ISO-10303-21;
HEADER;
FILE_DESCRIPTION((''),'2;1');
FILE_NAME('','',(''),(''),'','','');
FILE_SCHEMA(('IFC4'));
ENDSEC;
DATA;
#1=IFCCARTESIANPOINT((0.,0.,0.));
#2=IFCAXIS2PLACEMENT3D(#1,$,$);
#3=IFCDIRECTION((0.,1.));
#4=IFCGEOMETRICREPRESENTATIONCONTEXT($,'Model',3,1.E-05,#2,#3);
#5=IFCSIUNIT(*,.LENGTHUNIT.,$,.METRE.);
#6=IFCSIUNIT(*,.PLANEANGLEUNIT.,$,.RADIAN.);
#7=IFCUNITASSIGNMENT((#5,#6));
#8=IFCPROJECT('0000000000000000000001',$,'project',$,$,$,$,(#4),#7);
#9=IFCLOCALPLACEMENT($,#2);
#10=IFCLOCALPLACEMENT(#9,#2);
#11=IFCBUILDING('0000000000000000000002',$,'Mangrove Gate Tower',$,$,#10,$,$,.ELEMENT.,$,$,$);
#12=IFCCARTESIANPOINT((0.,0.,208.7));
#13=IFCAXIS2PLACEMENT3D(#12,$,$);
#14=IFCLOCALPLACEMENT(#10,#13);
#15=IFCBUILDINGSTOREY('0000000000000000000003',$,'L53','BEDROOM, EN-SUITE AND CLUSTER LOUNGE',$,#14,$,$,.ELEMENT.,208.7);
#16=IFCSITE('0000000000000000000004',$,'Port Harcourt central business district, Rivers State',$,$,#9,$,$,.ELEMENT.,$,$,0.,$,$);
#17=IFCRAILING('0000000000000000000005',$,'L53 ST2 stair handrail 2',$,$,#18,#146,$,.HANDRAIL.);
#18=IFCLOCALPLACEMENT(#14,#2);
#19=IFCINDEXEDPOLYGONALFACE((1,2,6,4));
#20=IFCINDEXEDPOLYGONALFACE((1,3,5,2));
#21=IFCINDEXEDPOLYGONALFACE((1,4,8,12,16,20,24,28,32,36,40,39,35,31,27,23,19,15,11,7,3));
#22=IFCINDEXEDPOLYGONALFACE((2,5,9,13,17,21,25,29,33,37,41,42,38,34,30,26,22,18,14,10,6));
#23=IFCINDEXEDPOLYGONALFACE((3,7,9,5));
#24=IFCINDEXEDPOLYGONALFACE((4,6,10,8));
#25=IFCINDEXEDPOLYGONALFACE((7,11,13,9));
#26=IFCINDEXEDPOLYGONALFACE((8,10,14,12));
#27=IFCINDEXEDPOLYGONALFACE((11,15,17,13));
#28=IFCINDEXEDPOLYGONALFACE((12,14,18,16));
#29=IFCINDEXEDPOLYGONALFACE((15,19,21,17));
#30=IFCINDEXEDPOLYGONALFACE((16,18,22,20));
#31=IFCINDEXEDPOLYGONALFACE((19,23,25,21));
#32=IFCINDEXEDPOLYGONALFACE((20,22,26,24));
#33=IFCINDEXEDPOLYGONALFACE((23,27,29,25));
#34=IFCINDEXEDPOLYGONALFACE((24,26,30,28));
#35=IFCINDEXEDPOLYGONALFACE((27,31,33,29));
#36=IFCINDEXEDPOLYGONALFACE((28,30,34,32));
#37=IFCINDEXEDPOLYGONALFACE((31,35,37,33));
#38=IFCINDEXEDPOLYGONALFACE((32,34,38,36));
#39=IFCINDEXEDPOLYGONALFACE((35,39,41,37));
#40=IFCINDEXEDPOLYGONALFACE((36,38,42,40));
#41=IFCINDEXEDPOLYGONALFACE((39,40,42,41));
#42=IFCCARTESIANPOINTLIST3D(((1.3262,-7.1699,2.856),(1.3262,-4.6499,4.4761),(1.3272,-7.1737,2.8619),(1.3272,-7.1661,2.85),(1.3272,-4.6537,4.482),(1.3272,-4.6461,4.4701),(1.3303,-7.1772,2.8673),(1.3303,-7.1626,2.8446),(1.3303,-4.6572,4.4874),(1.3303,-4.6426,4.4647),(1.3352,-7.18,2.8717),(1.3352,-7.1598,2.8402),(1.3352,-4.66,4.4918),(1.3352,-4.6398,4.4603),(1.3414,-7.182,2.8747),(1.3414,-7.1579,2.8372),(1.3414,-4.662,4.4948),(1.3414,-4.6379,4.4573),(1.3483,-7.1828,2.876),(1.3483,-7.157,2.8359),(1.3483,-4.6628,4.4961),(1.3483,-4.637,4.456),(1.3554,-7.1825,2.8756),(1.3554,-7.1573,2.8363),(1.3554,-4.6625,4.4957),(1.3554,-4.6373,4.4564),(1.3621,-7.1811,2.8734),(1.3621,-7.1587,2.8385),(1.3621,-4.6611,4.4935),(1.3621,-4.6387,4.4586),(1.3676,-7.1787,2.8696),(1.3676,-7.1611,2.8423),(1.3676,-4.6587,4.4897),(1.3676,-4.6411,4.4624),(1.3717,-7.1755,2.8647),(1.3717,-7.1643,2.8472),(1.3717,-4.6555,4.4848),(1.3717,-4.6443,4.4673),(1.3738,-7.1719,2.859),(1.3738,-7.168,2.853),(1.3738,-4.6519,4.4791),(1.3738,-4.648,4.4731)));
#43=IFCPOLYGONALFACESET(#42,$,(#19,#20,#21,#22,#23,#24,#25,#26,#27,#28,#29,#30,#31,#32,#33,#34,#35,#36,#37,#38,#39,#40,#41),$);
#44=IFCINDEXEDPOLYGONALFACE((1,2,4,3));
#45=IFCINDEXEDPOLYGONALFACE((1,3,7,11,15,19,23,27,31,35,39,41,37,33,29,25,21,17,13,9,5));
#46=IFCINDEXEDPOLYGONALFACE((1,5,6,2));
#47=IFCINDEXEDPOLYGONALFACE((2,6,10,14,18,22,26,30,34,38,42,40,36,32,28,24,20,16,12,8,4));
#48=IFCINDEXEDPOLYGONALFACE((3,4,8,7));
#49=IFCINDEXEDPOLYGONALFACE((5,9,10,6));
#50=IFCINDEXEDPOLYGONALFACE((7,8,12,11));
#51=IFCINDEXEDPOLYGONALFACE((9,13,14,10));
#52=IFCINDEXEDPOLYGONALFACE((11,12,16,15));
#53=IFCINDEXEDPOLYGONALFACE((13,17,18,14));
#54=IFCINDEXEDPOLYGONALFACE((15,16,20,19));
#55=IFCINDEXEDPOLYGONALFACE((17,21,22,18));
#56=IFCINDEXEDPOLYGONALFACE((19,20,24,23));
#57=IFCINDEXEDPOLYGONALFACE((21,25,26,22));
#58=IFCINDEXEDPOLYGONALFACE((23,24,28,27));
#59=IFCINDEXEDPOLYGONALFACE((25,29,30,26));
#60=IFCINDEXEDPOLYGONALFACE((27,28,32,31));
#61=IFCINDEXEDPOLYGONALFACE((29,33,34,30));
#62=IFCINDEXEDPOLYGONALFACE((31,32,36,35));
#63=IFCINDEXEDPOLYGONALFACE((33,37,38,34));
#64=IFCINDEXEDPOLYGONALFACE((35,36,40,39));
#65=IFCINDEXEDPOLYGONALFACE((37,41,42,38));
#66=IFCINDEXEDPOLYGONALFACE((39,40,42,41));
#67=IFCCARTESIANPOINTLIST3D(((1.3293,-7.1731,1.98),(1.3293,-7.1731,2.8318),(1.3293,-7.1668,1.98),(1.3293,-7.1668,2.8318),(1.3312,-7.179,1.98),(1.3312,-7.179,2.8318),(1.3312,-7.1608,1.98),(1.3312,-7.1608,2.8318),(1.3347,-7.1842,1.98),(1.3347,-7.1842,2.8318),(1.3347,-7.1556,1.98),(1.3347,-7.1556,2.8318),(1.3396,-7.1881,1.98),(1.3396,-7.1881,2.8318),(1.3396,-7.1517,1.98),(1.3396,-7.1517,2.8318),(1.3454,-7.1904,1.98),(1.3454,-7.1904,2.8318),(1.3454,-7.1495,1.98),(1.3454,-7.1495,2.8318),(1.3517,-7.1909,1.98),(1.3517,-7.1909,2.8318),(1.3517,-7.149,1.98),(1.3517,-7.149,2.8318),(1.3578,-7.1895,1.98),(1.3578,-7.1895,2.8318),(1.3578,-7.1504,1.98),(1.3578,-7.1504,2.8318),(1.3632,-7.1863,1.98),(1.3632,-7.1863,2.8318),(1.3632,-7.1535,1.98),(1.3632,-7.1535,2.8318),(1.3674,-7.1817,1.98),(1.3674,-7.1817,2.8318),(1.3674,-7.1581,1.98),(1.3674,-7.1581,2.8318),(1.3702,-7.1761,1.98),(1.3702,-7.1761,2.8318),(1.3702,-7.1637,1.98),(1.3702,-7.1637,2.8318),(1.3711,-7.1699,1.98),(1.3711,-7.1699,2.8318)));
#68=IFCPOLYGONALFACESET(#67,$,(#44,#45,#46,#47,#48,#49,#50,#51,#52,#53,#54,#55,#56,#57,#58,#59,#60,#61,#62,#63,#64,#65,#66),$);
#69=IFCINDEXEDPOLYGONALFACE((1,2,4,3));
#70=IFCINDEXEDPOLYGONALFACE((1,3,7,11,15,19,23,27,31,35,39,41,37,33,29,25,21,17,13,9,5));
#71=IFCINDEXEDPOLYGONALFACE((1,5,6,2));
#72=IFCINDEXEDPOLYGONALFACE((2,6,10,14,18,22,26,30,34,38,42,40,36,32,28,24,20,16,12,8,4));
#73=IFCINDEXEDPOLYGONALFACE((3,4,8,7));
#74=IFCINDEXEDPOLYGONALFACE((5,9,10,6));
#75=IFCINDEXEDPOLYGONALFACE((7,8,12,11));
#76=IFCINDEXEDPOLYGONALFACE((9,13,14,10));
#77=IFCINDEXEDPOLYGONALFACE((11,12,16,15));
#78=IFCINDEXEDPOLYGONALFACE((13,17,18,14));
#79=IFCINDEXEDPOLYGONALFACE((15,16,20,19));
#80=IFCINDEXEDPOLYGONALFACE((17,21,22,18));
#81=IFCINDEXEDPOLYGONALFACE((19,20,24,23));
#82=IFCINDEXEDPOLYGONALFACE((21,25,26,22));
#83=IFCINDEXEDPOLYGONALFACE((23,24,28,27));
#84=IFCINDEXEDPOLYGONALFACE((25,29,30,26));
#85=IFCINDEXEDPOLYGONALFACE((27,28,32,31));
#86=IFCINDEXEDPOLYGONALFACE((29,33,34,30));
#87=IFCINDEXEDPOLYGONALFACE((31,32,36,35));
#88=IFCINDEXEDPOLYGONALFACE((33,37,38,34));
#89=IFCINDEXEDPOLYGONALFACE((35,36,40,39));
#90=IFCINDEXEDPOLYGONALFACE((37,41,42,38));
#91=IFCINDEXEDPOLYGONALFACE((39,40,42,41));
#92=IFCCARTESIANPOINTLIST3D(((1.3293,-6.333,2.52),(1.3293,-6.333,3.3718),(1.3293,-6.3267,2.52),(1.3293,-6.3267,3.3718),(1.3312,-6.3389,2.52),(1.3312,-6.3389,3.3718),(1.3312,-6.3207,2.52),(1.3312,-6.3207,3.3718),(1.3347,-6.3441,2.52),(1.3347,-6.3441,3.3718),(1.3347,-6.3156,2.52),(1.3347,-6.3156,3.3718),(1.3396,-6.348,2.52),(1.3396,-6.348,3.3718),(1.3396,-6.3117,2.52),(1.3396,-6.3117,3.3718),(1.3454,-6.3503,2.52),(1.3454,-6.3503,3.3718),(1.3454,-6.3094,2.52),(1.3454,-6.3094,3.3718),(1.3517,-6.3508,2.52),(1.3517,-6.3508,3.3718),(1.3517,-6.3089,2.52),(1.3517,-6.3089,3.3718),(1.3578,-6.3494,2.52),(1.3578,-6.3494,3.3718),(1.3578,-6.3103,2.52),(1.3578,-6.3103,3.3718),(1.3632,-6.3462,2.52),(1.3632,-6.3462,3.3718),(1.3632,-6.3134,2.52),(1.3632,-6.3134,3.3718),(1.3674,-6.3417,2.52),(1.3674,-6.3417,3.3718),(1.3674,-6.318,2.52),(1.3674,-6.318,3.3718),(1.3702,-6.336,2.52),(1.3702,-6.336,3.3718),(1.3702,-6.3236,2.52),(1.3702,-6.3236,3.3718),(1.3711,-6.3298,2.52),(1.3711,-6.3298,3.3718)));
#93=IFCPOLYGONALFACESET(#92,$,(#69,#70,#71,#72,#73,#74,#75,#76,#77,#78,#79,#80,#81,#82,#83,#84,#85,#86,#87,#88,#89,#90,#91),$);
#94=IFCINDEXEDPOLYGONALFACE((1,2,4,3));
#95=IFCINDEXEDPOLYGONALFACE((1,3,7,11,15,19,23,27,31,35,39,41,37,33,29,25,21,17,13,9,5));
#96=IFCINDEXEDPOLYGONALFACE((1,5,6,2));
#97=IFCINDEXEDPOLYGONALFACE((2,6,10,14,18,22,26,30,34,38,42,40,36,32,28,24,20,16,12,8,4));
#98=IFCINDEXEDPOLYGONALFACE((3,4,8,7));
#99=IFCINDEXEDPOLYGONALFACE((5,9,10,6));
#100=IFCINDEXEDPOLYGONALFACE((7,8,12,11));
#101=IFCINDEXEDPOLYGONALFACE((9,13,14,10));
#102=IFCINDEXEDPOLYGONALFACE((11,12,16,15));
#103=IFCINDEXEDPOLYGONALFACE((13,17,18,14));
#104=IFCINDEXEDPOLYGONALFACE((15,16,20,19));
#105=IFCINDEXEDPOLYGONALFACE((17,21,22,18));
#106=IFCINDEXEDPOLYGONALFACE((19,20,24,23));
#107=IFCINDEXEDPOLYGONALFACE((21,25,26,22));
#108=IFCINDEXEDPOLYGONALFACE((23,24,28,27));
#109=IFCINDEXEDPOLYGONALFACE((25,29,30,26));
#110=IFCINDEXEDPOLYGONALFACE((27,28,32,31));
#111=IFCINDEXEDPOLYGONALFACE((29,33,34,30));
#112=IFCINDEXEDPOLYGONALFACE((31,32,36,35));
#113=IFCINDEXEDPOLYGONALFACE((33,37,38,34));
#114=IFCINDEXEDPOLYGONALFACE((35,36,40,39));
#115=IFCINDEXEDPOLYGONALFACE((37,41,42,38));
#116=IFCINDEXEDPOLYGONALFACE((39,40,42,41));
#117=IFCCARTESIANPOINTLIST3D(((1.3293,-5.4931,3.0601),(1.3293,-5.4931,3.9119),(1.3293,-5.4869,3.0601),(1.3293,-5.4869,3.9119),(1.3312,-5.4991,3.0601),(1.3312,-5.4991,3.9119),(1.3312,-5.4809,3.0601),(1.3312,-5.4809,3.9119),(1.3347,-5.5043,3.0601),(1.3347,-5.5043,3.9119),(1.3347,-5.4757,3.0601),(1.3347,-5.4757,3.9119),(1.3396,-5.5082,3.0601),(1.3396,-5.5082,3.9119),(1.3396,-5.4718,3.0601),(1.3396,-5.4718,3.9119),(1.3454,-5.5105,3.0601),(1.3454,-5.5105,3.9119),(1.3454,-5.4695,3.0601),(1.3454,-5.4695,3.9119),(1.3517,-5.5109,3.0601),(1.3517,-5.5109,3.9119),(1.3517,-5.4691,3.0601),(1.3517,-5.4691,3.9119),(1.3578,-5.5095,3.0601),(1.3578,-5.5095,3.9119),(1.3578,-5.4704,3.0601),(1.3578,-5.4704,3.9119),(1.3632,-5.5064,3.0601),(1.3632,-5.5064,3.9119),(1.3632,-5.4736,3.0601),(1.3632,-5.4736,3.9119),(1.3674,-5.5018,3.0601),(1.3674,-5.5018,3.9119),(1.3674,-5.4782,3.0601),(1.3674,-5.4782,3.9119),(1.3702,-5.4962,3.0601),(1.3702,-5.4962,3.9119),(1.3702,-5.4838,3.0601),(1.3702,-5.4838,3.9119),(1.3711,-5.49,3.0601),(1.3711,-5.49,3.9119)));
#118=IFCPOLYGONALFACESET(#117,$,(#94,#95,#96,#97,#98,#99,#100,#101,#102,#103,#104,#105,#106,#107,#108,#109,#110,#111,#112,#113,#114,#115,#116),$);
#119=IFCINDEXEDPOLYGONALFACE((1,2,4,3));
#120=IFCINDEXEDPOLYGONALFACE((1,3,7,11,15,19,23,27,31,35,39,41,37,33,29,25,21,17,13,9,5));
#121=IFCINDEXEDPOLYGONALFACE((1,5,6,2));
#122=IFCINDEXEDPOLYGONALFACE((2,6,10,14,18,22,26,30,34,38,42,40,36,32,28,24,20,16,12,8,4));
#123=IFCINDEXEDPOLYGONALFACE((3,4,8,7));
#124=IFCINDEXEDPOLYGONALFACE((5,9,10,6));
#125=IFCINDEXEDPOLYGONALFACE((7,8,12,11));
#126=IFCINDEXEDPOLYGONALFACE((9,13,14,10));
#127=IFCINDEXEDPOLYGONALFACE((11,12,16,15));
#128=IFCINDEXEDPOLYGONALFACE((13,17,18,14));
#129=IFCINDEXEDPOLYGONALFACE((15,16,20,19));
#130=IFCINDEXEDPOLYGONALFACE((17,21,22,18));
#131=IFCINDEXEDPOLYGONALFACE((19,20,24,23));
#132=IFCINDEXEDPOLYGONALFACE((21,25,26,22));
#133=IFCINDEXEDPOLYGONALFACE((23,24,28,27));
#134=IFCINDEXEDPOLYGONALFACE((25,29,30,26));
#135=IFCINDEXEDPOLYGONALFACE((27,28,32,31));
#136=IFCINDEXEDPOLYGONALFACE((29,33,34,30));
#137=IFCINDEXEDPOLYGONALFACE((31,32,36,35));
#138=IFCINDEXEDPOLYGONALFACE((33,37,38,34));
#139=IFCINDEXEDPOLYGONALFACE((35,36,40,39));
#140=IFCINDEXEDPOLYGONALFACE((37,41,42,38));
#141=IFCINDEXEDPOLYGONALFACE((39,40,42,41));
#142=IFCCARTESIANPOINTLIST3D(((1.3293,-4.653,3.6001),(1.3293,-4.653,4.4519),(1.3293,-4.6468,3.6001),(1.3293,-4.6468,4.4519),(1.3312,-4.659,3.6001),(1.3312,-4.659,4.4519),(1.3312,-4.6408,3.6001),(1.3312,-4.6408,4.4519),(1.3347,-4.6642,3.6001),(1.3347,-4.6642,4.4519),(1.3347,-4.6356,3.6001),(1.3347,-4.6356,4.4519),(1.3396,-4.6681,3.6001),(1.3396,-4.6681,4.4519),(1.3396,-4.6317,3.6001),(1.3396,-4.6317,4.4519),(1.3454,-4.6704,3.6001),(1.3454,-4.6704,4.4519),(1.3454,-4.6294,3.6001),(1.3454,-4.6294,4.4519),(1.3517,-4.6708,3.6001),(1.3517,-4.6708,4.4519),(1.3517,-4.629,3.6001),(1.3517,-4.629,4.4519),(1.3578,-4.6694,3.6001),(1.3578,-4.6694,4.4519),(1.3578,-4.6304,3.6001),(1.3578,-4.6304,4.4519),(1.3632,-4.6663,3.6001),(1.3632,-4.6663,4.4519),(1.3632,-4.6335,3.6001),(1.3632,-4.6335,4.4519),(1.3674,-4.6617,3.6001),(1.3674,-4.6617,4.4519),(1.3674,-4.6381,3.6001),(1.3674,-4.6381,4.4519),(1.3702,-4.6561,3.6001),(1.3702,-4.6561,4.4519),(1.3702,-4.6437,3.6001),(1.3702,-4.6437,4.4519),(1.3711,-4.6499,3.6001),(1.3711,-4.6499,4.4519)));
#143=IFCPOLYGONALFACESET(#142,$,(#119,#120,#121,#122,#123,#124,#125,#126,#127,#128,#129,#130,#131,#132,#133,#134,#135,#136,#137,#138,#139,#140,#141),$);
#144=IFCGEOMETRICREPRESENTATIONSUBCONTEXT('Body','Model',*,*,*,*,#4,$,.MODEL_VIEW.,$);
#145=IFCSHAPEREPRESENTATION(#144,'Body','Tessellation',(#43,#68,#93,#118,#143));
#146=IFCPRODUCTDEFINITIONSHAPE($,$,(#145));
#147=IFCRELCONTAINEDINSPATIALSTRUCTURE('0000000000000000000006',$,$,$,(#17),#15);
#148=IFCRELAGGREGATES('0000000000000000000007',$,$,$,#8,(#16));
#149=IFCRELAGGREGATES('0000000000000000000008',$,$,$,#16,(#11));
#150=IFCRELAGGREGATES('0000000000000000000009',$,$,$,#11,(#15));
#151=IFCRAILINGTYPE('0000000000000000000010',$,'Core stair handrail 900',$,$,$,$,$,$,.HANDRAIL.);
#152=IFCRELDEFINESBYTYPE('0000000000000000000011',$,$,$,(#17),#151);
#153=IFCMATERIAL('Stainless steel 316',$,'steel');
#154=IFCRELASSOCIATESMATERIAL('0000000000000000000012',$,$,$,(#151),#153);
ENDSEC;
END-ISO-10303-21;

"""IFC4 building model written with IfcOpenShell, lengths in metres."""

from ifc_helpers import new_model, si_unit, direction, frame, origin, origin_2d, place, context, subcontext, project, spatial, circle, extrude, material, type_object, element, save


model = new_model("IFC4")

# Units and contexts
model_context = context("Model", 3, precision=1e-05, world=origin(), true_north=direction((0.0, 1.0)))
body_context = subcontext(model_context, "Body", "Model", "MODEL_VIEW")
ifc_project = project(units=[si_unit("LENGTHUNIT", "METRE"), si_unit("PLANEANGLEUNIT", "RADIAN")], contexts=[model_context])

# Site, building, storey
site_placement = place(None, origin())
site = spatial("IfcSite", under=ifc_project, at=site_placement, Name="Port Harcourt central business district, Rivers State", CompositionType="ELEMENT", RefElevation=0.0)
building_placement = place(site_placement, origin())
building = spatial("IfcBuilding", under=site, at=building_placement, Name="Mangrove Gate Tower", CompositionType="ELEMENT")
storey_placement = place(building_placement, frame((0.0, 0.0, 208.7)))
storey = spatial("IfcBuildingStorey", under=building, at=storey_placement, Name="L53", Description="BEDROOM, EN-SUITE AND CLUSTER LOUNGE", CompositionType="ELEMENT", Elevation=208.7)

# Railing
ifc_material_1 = material(Name="Stainless steel 316", Category="steel")
railing_type_1 = type_object("IfcRailingType", Name="Core stair handrail 900", PredefinedType="HANDRAIL", material=ifc_material_1)
railing_1_placement = place(storey_placement, frame((1.3501, -7.1699, 1.98)))
element("IfcRailing", 1, at=railing_1_placement, inside=storey, type_object=railing_type_1, Name="L53 ST2 stair handrail 2", PredefinedType="HANDRAIL", context=body_context, shape_type="SweptSolid", body=[
    extrude(circle(Radius=0.0239, at=origin_2d()), frame((0.0, 0.0, 0.876), z_axis=(0.0, 0.841163, 0.540782), x_axis=(-1.0, 0.0, 0.0)), (0.0, 0.0, 1.0), 2.9958),
    extrude(circle(Radius=0.021, at=origin_2d()), origin(), (0.0, 0.0, 1.0), 0.8518),
    extrude(circle(Radius=0.021, at=origin_2d()), frame((0.0, 0.8401, 0.54)), (0.0, 0.0, 1.0), 0.8518),
    extrude(circle(Radius=0.021, at=origin_2d()), frame((0.0, 1.6799, 1.0801)), (0.0, 0.0, 1.0), 0.8518),
    extrude(circle(Radius=0.021, at=origin_2d()), frame((0.0, 2.52, 1.6201)), (0.0, 0.0, 1.0), 0.8518),
])

save(model, "model.ifc")
